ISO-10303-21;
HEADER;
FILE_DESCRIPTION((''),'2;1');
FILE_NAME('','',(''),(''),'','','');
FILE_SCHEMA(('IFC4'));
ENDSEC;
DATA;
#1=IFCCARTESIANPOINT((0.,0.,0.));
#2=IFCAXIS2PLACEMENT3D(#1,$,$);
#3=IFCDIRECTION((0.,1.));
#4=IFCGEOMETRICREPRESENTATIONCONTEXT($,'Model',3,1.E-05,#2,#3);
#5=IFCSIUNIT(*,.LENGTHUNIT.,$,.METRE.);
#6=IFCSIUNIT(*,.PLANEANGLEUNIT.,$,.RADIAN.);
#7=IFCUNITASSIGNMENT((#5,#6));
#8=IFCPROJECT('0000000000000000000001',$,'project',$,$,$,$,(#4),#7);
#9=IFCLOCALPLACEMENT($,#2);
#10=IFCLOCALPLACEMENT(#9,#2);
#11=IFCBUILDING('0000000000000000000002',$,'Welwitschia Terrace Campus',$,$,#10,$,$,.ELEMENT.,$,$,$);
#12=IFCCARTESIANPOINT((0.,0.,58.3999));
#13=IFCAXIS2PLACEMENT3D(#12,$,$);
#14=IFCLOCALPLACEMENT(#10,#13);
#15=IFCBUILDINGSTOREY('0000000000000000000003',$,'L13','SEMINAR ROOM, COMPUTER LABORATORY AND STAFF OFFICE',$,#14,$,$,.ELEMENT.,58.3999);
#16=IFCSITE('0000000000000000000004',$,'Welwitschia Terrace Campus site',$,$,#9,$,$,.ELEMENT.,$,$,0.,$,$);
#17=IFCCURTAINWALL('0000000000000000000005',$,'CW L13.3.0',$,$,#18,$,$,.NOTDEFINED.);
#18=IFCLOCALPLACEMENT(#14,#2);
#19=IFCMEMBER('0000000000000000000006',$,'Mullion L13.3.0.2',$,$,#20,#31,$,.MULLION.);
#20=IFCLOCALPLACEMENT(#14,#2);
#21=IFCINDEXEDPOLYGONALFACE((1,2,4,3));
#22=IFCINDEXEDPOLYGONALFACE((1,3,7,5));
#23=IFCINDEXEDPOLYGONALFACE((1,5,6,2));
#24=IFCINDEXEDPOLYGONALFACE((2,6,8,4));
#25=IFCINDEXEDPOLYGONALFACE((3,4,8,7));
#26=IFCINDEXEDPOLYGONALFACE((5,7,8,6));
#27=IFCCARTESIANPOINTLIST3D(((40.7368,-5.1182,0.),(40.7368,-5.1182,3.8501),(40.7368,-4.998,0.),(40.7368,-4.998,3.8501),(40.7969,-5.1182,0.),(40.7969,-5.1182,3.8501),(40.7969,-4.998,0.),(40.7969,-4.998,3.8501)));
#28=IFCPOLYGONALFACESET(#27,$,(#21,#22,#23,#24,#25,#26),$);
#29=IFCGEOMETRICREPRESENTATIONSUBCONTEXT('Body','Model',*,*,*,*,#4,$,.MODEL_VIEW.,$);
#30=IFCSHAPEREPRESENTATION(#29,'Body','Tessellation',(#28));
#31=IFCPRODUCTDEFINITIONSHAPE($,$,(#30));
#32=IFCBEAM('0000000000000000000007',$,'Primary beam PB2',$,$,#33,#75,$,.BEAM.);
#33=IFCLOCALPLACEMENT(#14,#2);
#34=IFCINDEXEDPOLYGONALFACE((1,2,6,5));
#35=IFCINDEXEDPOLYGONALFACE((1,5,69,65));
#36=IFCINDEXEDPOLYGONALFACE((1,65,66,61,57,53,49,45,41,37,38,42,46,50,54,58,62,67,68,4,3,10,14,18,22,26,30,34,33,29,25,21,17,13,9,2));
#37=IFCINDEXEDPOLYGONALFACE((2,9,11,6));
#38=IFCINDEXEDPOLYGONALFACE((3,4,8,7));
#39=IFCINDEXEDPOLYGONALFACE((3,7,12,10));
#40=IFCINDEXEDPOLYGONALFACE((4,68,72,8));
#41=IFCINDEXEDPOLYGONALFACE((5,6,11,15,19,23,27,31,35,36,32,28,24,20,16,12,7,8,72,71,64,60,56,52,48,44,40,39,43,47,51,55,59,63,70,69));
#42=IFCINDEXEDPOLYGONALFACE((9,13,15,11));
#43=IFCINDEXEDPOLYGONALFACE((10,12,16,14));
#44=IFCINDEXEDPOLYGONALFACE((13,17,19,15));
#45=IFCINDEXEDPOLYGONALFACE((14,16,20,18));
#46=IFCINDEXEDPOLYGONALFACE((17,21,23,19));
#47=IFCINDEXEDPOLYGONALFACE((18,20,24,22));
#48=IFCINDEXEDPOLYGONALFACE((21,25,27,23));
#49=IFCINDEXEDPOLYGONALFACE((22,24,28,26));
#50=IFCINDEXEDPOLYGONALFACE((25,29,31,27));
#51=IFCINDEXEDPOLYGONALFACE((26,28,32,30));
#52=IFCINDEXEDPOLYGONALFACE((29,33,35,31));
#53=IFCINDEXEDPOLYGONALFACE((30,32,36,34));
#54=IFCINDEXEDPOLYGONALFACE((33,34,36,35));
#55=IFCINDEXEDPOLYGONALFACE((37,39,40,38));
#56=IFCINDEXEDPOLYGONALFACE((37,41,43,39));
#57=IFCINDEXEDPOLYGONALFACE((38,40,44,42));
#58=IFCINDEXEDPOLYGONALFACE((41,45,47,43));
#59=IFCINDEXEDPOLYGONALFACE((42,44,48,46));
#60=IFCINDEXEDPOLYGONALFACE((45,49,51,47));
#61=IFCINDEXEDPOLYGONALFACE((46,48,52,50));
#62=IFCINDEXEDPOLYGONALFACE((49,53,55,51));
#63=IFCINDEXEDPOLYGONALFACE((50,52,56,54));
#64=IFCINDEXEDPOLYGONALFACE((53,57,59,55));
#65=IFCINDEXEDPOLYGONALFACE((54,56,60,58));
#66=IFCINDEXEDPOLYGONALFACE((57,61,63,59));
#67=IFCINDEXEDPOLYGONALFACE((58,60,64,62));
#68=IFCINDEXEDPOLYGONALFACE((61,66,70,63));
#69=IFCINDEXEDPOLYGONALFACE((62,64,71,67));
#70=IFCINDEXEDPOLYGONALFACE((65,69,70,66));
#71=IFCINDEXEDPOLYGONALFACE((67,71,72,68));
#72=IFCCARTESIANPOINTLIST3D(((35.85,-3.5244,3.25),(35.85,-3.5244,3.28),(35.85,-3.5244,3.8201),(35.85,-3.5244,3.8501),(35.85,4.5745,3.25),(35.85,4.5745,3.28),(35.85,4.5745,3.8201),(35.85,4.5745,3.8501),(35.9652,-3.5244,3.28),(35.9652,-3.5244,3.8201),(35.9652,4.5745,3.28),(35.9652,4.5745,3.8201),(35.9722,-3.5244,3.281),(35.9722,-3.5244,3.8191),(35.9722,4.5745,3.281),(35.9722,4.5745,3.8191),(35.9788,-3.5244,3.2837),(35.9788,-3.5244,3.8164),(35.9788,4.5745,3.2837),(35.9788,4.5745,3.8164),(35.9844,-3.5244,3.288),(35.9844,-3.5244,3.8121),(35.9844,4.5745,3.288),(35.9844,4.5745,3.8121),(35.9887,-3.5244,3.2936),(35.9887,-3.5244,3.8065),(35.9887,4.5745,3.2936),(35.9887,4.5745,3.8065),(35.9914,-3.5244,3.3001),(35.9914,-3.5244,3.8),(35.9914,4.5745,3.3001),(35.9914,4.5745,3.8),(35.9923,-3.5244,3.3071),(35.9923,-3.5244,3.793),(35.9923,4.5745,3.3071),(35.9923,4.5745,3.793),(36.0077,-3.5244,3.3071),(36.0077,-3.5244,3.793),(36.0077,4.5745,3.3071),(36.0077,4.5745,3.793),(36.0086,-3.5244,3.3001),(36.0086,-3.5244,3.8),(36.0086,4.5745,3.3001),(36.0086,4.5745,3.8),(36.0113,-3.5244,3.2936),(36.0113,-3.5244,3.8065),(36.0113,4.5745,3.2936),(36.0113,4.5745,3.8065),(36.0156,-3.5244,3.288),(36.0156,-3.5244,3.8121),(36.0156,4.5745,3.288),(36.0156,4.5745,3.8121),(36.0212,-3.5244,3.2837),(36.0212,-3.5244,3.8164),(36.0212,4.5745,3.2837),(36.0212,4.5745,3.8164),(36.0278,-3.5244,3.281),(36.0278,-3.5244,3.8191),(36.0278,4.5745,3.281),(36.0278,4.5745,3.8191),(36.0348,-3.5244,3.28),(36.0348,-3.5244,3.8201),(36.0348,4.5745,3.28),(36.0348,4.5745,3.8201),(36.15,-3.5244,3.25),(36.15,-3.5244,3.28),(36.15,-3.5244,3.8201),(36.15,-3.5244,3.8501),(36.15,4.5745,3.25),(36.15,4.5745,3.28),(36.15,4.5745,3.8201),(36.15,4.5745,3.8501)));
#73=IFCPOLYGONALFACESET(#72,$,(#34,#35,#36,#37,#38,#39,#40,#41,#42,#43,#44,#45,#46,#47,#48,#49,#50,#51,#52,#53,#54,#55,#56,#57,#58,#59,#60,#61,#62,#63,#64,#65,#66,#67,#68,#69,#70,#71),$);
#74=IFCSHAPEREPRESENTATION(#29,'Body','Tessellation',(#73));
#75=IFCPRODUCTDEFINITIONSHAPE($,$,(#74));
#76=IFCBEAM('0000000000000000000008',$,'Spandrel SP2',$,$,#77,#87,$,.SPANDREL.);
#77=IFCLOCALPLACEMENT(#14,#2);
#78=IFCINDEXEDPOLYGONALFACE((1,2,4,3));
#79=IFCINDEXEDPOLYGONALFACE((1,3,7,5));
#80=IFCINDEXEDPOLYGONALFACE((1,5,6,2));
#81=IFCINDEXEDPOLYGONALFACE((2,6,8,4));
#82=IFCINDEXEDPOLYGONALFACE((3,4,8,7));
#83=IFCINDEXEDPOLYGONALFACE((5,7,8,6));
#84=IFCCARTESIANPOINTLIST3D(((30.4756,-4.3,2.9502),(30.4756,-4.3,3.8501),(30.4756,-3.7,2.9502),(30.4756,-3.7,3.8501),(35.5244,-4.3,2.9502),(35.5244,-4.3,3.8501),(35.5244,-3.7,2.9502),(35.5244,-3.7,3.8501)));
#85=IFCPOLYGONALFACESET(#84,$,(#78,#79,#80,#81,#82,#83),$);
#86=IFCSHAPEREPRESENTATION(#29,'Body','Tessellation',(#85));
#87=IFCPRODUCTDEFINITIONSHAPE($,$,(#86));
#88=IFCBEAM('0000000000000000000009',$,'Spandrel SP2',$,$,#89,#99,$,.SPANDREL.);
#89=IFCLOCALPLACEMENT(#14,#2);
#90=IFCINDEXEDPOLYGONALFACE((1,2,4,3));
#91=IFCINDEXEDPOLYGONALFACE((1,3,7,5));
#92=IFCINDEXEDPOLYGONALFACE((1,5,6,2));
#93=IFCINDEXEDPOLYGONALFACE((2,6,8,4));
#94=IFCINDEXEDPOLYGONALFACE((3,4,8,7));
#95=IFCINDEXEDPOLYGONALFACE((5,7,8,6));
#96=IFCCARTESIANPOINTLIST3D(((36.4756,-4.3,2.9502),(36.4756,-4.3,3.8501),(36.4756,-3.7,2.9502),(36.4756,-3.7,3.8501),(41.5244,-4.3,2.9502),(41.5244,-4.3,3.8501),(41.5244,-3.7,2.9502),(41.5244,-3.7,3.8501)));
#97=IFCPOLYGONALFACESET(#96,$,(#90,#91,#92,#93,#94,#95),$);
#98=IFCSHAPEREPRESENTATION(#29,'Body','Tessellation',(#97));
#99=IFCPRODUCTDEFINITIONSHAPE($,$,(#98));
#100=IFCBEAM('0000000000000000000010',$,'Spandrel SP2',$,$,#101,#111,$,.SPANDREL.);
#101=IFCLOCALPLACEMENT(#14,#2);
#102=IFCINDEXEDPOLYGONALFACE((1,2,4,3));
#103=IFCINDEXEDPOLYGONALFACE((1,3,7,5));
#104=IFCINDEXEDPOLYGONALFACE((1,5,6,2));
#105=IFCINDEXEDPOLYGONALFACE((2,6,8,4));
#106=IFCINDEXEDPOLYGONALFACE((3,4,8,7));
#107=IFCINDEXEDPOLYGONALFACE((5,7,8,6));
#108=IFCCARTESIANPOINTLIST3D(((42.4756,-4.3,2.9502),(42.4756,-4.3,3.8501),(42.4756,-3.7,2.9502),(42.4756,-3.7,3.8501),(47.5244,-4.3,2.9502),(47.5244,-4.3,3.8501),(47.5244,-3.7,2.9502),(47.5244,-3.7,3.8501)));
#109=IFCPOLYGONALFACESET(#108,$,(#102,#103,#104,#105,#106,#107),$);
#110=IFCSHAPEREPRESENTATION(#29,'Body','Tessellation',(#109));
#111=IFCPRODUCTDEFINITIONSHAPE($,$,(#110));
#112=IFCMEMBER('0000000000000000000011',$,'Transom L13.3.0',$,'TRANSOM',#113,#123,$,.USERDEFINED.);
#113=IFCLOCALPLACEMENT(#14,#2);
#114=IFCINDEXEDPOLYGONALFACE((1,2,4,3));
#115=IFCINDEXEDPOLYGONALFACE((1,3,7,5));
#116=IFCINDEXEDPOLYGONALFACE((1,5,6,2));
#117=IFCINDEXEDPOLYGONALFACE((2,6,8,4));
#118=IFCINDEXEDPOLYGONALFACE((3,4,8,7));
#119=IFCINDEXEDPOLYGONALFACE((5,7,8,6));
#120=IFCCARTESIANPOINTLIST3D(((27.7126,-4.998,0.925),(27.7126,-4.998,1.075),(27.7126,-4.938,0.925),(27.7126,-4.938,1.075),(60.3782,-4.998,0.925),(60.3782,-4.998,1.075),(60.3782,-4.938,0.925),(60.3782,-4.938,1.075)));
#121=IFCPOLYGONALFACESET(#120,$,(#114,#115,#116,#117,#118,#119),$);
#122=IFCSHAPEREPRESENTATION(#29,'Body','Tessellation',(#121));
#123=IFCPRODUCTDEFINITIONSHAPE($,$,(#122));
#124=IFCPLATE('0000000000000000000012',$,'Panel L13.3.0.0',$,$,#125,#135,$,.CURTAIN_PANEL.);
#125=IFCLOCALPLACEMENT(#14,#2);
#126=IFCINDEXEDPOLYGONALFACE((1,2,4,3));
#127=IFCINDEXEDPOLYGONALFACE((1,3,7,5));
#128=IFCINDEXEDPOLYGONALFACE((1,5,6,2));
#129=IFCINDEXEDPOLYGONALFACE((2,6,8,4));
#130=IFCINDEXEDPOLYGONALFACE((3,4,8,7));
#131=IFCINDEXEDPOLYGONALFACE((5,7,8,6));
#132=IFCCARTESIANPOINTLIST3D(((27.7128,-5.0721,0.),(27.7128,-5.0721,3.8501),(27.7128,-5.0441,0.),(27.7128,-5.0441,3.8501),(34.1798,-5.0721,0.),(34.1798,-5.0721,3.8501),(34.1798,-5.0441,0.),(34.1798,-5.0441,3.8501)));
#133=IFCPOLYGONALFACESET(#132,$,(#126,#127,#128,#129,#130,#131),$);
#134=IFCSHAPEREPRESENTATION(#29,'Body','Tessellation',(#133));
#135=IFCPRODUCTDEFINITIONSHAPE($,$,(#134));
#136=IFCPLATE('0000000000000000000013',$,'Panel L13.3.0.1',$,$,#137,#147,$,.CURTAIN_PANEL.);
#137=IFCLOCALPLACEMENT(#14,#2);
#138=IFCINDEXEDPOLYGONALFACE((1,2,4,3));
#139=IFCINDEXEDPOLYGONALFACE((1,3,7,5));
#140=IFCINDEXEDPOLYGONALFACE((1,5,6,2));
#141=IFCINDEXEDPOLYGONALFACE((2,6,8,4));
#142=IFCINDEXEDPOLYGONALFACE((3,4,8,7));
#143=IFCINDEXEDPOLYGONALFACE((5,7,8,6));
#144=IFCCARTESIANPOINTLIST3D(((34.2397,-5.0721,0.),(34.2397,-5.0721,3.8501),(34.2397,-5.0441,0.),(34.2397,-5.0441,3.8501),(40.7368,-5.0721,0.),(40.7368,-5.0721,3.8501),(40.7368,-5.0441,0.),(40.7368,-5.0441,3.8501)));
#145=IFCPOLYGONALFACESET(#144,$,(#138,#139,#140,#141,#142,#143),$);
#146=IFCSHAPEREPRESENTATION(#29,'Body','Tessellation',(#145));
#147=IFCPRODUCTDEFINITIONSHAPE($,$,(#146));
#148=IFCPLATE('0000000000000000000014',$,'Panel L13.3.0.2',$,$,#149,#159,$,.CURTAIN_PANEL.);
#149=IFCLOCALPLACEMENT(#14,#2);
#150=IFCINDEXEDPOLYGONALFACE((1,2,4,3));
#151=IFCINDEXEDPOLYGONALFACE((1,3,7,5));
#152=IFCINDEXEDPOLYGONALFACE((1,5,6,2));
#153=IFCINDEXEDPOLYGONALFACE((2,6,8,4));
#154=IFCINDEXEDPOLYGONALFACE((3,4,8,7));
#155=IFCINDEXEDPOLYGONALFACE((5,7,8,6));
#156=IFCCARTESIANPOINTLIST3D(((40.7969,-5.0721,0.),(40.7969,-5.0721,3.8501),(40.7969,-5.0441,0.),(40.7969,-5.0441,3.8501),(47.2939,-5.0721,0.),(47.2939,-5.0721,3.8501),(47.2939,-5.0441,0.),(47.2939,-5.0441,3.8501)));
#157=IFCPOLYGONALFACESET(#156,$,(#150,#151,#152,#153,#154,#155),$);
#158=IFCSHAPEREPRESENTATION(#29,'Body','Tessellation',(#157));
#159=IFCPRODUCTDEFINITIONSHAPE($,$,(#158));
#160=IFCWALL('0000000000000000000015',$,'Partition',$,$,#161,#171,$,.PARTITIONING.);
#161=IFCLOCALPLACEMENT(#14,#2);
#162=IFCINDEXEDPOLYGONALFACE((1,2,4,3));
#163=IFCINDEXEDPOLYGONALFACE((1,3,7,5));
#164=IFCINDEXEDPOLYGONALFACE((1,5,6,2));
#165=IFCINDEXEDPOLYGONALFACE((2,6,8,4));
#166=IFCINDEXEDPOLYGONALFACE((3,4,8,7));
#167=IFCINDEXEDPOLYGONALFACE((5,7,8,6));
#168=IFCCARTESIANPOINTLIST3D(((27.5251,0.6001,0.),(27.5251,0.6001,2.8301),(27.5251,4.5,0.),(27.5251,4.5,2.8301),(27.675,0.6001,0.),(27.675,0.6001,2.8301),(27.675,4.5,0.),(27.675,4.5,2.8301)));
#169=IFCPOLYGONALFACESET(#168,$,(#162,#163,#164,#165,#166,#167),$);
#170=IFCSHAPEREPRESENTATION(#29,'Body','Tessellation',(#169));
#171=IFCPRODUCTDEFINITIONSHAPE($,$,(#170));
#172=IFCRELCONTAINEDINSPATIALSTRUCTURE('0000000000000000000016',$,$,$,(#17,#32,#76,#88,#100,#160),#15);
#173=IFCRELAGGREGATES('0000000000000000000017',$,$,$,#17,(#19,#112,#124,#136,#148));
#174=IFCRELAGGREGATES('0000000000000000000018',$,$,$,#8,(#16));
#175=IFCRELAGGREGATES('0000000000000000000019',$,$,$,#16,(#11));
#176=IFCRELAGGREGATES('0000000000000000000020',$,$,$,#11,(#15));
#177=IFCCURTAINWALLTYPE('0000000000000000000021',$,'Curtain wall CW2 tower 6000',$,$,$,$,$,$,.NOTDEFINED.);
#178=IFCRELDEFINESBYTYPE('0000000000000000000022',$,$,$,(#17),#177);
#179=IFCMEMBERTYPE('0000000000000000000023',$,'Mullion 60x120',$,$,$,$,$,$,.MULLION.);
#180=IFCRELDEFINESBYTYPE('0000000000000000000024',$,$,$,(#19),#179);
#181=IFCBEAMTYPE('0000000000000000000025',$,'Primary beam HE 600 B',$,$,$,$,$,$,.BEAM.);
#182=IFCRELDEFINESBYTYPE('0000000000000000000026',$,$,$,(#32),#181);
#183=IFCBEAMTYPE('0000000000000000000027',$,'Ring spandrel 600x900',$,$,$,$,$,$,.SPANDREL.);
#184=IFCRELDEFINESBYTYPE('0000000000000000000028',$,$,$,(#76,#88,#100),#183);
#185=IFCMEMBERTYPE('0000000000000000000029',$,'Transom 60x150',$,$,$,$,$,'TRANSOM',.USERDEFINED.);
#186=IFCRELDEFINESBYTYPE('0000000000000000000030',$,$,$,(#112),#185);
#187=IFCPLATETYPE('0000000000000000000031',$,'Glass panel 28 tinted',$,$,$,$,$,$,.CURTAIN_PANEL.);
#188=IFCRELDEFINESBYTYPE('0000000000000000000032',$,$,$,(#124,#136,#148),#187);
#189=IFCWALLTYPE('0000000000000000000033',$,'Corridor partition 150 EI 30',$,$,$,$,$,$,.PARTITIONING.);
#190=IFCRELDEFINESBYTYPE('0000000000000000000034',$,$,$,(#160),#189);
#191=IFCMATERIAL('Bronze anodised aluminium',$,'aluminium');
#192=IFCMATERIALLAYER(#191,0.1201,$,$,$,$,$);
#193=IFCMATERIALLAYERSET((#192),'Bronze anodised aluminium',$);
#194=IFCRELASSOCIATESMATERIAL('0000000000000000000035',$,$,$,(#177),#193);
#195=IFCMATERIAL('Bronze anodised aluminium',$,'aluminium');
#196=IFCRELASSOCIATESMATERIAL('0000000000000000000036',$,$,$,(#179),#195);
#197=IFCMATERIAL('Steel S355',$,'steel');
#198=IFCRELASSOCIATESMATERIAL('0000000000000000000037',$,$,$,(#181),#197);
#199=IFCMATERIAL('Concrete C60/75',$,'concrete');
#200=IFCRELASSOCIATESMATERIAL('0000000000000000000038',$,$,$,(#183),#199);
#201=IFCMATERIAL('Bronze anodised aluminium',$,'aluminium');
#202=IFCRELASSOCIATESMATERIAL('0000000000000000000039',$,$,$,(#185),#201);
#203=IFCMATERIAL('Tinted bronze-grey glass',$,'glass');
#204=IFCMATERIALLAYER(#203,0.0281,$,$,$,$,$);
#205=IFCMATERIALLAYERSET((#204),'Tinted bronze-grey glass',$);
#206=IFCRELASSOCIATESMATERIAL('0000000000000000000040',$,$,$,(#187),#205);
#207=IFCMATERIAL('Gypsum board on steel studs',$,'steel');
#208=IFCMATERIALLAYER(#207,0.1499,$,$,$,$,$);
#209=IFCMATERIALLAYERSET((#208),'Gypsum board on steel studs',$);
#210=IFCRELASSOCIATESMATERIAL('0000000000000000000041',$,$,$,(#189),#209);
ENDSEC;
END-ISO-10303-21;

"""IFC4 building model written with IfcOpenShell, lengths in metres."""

from ifc_helpers import new_model, si_unit, direction, frame, frame_2d, origin, origin_2d, place, context, subcontext, project, spatial, rectangle, i_section, extrude, material, layer, layer_set, material_profile, profile_set, type_object, element, aggregate, save


model = new_model("IFC4")

# Units and contexts
model_context = context("Model", 3, precision=1e-05, world=origin(), true_north=direction((0.0, 1.0)))
body_context = subcontext(model_context, "Body", "Model", "MODEL_VIEW")
ifc_project = project(units=[si_unit("LENGTHUNIT", "METRE"), si_unit("PLANEANGLEUNIT", "RADIAN")], contexts=[model_context])

# Site, building, storey
site_placement = place(None, origin())
site = spatial("IfcSite", under=ifc_project, at=site_placement, Name="Welwitschia Terrace Campus site", CompositionType="ELEMENT", RefElevation=0.0)
building_placement = place(site_placement, origin())
building = spatial("IfcBuilding", under=site, at=building_placement, Name="Welwitschia Terrace Campus", CompositionType="ELEMENT")
storey_placement = place(building_placement, frame((0.0, 0.0, 58.3999)))
storey = spatial("IfcBuildingStorey", under=building, at=storey_placement, Name="L13", Description="SEMINAR ROOM, COMPUTER LABORATORY AND STAFF OFFICE", CompositionType="ELEMENT", Elevation=58.3999)

# Shared definitions
ifc_material_1 = material(Name="Bronze anodised aluminium", Category="aluminium")
ifc_layer_1 = layer(ifc_material_1, 0.1201)
ifc_layer_set_1 = layer_set([ifc_layer_1], Name="Bronze anodised aluminium")
curtain_wall_type = type_object("IfcCurtainWallType", Name="Curtain wall CW2 tower 6000", PredefinedType="NOTDEFINED", material=ifc_layer_set_1)
ifc_material_2 = material(Name="Bronze anodised aluminium", Category="aluminium")
ifc_material_profile_1 = material_profile(ifc_material_2, rectangle(XDim=0.1201, YDim=0.0601, at=origin_2d()))
ifc_profile_set_1 = profile_set([ifc_material_profile_1], Name="Bronze anodised aluminium")
member_type_1 = type_object("IfcMemberType", Name="Mullion 60x120", PredefinedType="MULLION", material=ifc_profile_set_1)

# Curtain wall, member
curtain_wall_1_placement = place(storey_placement, origin())
curtain_wall_1 = element("IfcCurtainWall", 1, at=curtain_wall_1_placement, inside=storey, type_object=curtain_wall_type, Name="CW L13.3.0", PredefinedType="NOTDEFINED")
member_1_placement = place(storey_placement, frame((40.7668, -5.0581, 0.0), z_axis=(0.0, 0.0, 1.0), x_axis=(0.0, 1.0, 0.0)))
member_1 = element("IfcMember", 2, at=member_1_placement, type_object=member_type_1, Name="Mullion L13.3.0.2", PredefinedType="MULLION", context=body_context, shape_type="SweptSolid", body=[
    extrude(rectangle(XDim=0.1201, YDim=0.0601, at=origin_2d()), origin(), (0.0, 0.0, 1.0), 3.8501),
])

# Beams
ifc_material_3 = material(Name="Steel S355", Category="steel")
ifc_material_profile_2 = material_profile(ifc_material_3, i_section(OverallWidth=0.3, OverallDepth=0.6001, WebThickness=0.0154, FlangeThickness=0.03, FilletRadius=0.0271, at=origin_2d()))
ifc_profile_set_2 = profile_set([ifc_material_profile_2], Name="Steel S355")
beam_type_1 = type_object("IfcBeamType", Name="Primary beam HE 600 B", PredefinedType="BEAM", material=ifc_profile_set_2)
beam_placement = place(storey_placement, frame((36.0, -3.5244, 3.55), z_axis=(0.0, 1.0, 0.0), x_axis=(-1.0, 0.0, 0.0)))
element("IfcBeam", 3, at=beam_placement, inside=storey, type_object=beam_type_1, Name="Primary beam PB2", PredefinedType="BEAM", context=body_context, shape_type="SweptSolid", body=[
    extrude(i_section(OverallWidth=0.3, OverallDepth=0.6001, WebThickness=0.0154, FlangeThickness=0.03, FilletRadius=0.0271, at=origin_2d()), origin(), (0.0, 0.0, 1.0), 8.0989),
])
ifc_material_4 = material(Name="Concrete C60/75", Category="concrete")
ifc_material_profile_3 = material_profile(ifc_material_4, rectangle(XDim=0.6001, YDim=0.8999, at=origin_2d()))
ifc_profile_set_3 = profile_set([ifc_material_profile_3], Name="Concrete C60/75")
beam_type_2 = type_object("IfcBeamType", Name="Ring spandrel 600x900", PredefinedType="SPANDREL", material=ifc_profile_set_3)
for number, where, z_axis, x_axis, name in (
    (4, (30.4756, -4.0, 3.4001), (1.0, 0.0, 0.0), (0.0, 1.0, 0.0), "Spandrel SP2"),
    (5, (36.4756, -4.0, 3.4001), (1.0, 0.0, 0.0), (0.0, 1.0, 0.0), "Spandrel SP2"),
    (6, (42.4756, -4.0, 3.4001), (1.0, 0.0, 0.0), (0.0, 1.0, 0.0), "Spandrel SP2"),
):
    element("IfcBeam", number, at=place(storey_placement, frame(where, z_axis=z_axis, x_axis=x_axis)), inside=storey, type_object=beam_type_2, Name=name, PredefinedType="SPANDREL", context=body_context, shape_type="SweptSolid", body=[
        extrude(rectangle(XDim=0.6001, YDim=0.8999, at=origin_2d()), origin(), (0.0, 0.0, 1.0), 5.0488),
    ])

# Member
ifc_material_5 = material(Name="Bronze anodised aluminium", Category="aluminium")
ifc_material_profile_4 = material_profile(ifc_material_5, rectangle(XDim=0.0601, YDim=0.1499, at=origin_2d()))
ifc_profile_set_4 = profile_set([ifc_material_profile_4], Name="Bronze anodised aluminium")
member_type_2 = type_object("IfcMemberType", Name="Transom 60x150", ElementType="TRANSOM", PredefinedType="USERDEFINED", material=ifc_profile_set_4)
member_2_placement = place(storey_placement, frame((27.7126, -4.968, 1.0), z_axis=(1.0, 0.0, 0.0), x_axis=(0.0, 1.0, 0.0)))
member_2 = element("IfcMember", 7, at=member_2_placement, type_object=member_type_2, Name="Transom L13.3.0", ObjectType="TRANSOM", PredefinedType="USERDEFINED", context=body_context, shape_type="SweptSolid", body=[
    extrude(rectangle(XDim=0.0601, YDim=0.1499, at=origin_2d()), origin(), (0.0, 0.0, 1.0), 32.6655),
])

# Plates
ifc_material_6 = material(Name="Tinted bronze-grey glass", Category="glass")
ifc_layer_2 = layer(ifc_material_6, 0.0281)
ifc_layer_set_2 = layer_set([ifc_layer_2], Name="Tinted bronze-grey glass")
plate_type = type_object("IfcPlateType", Name="Glass panel 28 tinted", PredefinedType="CURTAIN_PANEL", material=ifc_layer_set_2)
plate_1_placement = place(storey_placement, frame((30.9463, -5.0581, 0.0), z_axis=(0.0, 0.0, 1.0), x_axis=(1.0, 0.0, 0.0)))
plate_1 = element("IfcPlate", 8, at=plate_1_placement, type_object=plate_type, Name="Panel L13.3.0.0", PredefinedType="CURTAIN_PANEL", context=body_context, shape_type="SweptSolid", body=[
    extrude(rectangle(XDim=6.467, YDim=0.0281, at=origin_2d()), origin(), (0.0, 0.0, 1.0), 3.8501),
])
plate_2_placement = place(storey_placement, frame((37.4883, -5.0581, 0.0), z_axis=(0.0, 0.0, 1.0), x_axis=(1.0, 0.0, 0.0)))
plate_2 = element("IfcPlate", 9, at=plate_2_placement, type_object=plate_type, Name="Panel L13.3.0.1", PredefinedType="CURTAIN_PANEL", context=body_context, shape_type="SweptSolid", body=[
    extrude(rectangle(XDim=6.4971, YDim=0.0281, at=origin_2d()), origin(), (0.0, 0.0, 1.0), 3.8501),
])
plate_3_placement = place(storey_placement, frame((44.0454, -5.0581, 0.0), z_axis=(0.0, 0.0, 1.0), x_axis=(1.0, 0.0, 0.0)))
plate_3 = element("IfcPlate", 10, at=plate_3_placement, type_object=plate_type, Name="Panel L13.3.0.2", PredefinedType="CURTAIN_PANEL", context=body_context, shape_type="SweptSolid", body=[
    extrude(rectangle(XDim=6.4971, YDim=0.0281, at=origin_2d()), origin(), (0.0, 0.0, 1.0), 3.8501),
])
aggregate(curtain_wall_1, [member_1, member_2, plate_1, plate_2, plate_3])

# Wall
ifc_material_7 = material(Name="Gypsum board on steel studs", Category="steel")
ifc_layer_3 = layer(ifc_material_7, 0.1499)
ifc_layer_set_3 = layer_set([ifc_layer_3], Name="Gypsum board on steel studs")
wall_type = type_object("IfcWallType", Name="Corridor partition 150 EI 30", PredefinedType="PARTITIONING", material=ifc_layer_set_3)
wall_1_placement = place(storey_placement, frame((27.6001, 0.6001, 0.0), z_axis=(0.0, 0.0, 1.0), x_axis=(0.0, 1.0, 0.0)))
element("IfcWall", 11, at=wall_1_placement, inside=storey, type_object=wall_type, Name="Partition", PredefinedType="PARTITIONING", context=body_context, shape_type="SweptSolid", body=[
    extrude(rectangle(XDim=3.8999, YDim=0.1499, at=frame_2d((1.95, 0.0))), origin(), (0.0, 0.0, 1.0), 2.8301),
])

save(model, "model.ifc")
